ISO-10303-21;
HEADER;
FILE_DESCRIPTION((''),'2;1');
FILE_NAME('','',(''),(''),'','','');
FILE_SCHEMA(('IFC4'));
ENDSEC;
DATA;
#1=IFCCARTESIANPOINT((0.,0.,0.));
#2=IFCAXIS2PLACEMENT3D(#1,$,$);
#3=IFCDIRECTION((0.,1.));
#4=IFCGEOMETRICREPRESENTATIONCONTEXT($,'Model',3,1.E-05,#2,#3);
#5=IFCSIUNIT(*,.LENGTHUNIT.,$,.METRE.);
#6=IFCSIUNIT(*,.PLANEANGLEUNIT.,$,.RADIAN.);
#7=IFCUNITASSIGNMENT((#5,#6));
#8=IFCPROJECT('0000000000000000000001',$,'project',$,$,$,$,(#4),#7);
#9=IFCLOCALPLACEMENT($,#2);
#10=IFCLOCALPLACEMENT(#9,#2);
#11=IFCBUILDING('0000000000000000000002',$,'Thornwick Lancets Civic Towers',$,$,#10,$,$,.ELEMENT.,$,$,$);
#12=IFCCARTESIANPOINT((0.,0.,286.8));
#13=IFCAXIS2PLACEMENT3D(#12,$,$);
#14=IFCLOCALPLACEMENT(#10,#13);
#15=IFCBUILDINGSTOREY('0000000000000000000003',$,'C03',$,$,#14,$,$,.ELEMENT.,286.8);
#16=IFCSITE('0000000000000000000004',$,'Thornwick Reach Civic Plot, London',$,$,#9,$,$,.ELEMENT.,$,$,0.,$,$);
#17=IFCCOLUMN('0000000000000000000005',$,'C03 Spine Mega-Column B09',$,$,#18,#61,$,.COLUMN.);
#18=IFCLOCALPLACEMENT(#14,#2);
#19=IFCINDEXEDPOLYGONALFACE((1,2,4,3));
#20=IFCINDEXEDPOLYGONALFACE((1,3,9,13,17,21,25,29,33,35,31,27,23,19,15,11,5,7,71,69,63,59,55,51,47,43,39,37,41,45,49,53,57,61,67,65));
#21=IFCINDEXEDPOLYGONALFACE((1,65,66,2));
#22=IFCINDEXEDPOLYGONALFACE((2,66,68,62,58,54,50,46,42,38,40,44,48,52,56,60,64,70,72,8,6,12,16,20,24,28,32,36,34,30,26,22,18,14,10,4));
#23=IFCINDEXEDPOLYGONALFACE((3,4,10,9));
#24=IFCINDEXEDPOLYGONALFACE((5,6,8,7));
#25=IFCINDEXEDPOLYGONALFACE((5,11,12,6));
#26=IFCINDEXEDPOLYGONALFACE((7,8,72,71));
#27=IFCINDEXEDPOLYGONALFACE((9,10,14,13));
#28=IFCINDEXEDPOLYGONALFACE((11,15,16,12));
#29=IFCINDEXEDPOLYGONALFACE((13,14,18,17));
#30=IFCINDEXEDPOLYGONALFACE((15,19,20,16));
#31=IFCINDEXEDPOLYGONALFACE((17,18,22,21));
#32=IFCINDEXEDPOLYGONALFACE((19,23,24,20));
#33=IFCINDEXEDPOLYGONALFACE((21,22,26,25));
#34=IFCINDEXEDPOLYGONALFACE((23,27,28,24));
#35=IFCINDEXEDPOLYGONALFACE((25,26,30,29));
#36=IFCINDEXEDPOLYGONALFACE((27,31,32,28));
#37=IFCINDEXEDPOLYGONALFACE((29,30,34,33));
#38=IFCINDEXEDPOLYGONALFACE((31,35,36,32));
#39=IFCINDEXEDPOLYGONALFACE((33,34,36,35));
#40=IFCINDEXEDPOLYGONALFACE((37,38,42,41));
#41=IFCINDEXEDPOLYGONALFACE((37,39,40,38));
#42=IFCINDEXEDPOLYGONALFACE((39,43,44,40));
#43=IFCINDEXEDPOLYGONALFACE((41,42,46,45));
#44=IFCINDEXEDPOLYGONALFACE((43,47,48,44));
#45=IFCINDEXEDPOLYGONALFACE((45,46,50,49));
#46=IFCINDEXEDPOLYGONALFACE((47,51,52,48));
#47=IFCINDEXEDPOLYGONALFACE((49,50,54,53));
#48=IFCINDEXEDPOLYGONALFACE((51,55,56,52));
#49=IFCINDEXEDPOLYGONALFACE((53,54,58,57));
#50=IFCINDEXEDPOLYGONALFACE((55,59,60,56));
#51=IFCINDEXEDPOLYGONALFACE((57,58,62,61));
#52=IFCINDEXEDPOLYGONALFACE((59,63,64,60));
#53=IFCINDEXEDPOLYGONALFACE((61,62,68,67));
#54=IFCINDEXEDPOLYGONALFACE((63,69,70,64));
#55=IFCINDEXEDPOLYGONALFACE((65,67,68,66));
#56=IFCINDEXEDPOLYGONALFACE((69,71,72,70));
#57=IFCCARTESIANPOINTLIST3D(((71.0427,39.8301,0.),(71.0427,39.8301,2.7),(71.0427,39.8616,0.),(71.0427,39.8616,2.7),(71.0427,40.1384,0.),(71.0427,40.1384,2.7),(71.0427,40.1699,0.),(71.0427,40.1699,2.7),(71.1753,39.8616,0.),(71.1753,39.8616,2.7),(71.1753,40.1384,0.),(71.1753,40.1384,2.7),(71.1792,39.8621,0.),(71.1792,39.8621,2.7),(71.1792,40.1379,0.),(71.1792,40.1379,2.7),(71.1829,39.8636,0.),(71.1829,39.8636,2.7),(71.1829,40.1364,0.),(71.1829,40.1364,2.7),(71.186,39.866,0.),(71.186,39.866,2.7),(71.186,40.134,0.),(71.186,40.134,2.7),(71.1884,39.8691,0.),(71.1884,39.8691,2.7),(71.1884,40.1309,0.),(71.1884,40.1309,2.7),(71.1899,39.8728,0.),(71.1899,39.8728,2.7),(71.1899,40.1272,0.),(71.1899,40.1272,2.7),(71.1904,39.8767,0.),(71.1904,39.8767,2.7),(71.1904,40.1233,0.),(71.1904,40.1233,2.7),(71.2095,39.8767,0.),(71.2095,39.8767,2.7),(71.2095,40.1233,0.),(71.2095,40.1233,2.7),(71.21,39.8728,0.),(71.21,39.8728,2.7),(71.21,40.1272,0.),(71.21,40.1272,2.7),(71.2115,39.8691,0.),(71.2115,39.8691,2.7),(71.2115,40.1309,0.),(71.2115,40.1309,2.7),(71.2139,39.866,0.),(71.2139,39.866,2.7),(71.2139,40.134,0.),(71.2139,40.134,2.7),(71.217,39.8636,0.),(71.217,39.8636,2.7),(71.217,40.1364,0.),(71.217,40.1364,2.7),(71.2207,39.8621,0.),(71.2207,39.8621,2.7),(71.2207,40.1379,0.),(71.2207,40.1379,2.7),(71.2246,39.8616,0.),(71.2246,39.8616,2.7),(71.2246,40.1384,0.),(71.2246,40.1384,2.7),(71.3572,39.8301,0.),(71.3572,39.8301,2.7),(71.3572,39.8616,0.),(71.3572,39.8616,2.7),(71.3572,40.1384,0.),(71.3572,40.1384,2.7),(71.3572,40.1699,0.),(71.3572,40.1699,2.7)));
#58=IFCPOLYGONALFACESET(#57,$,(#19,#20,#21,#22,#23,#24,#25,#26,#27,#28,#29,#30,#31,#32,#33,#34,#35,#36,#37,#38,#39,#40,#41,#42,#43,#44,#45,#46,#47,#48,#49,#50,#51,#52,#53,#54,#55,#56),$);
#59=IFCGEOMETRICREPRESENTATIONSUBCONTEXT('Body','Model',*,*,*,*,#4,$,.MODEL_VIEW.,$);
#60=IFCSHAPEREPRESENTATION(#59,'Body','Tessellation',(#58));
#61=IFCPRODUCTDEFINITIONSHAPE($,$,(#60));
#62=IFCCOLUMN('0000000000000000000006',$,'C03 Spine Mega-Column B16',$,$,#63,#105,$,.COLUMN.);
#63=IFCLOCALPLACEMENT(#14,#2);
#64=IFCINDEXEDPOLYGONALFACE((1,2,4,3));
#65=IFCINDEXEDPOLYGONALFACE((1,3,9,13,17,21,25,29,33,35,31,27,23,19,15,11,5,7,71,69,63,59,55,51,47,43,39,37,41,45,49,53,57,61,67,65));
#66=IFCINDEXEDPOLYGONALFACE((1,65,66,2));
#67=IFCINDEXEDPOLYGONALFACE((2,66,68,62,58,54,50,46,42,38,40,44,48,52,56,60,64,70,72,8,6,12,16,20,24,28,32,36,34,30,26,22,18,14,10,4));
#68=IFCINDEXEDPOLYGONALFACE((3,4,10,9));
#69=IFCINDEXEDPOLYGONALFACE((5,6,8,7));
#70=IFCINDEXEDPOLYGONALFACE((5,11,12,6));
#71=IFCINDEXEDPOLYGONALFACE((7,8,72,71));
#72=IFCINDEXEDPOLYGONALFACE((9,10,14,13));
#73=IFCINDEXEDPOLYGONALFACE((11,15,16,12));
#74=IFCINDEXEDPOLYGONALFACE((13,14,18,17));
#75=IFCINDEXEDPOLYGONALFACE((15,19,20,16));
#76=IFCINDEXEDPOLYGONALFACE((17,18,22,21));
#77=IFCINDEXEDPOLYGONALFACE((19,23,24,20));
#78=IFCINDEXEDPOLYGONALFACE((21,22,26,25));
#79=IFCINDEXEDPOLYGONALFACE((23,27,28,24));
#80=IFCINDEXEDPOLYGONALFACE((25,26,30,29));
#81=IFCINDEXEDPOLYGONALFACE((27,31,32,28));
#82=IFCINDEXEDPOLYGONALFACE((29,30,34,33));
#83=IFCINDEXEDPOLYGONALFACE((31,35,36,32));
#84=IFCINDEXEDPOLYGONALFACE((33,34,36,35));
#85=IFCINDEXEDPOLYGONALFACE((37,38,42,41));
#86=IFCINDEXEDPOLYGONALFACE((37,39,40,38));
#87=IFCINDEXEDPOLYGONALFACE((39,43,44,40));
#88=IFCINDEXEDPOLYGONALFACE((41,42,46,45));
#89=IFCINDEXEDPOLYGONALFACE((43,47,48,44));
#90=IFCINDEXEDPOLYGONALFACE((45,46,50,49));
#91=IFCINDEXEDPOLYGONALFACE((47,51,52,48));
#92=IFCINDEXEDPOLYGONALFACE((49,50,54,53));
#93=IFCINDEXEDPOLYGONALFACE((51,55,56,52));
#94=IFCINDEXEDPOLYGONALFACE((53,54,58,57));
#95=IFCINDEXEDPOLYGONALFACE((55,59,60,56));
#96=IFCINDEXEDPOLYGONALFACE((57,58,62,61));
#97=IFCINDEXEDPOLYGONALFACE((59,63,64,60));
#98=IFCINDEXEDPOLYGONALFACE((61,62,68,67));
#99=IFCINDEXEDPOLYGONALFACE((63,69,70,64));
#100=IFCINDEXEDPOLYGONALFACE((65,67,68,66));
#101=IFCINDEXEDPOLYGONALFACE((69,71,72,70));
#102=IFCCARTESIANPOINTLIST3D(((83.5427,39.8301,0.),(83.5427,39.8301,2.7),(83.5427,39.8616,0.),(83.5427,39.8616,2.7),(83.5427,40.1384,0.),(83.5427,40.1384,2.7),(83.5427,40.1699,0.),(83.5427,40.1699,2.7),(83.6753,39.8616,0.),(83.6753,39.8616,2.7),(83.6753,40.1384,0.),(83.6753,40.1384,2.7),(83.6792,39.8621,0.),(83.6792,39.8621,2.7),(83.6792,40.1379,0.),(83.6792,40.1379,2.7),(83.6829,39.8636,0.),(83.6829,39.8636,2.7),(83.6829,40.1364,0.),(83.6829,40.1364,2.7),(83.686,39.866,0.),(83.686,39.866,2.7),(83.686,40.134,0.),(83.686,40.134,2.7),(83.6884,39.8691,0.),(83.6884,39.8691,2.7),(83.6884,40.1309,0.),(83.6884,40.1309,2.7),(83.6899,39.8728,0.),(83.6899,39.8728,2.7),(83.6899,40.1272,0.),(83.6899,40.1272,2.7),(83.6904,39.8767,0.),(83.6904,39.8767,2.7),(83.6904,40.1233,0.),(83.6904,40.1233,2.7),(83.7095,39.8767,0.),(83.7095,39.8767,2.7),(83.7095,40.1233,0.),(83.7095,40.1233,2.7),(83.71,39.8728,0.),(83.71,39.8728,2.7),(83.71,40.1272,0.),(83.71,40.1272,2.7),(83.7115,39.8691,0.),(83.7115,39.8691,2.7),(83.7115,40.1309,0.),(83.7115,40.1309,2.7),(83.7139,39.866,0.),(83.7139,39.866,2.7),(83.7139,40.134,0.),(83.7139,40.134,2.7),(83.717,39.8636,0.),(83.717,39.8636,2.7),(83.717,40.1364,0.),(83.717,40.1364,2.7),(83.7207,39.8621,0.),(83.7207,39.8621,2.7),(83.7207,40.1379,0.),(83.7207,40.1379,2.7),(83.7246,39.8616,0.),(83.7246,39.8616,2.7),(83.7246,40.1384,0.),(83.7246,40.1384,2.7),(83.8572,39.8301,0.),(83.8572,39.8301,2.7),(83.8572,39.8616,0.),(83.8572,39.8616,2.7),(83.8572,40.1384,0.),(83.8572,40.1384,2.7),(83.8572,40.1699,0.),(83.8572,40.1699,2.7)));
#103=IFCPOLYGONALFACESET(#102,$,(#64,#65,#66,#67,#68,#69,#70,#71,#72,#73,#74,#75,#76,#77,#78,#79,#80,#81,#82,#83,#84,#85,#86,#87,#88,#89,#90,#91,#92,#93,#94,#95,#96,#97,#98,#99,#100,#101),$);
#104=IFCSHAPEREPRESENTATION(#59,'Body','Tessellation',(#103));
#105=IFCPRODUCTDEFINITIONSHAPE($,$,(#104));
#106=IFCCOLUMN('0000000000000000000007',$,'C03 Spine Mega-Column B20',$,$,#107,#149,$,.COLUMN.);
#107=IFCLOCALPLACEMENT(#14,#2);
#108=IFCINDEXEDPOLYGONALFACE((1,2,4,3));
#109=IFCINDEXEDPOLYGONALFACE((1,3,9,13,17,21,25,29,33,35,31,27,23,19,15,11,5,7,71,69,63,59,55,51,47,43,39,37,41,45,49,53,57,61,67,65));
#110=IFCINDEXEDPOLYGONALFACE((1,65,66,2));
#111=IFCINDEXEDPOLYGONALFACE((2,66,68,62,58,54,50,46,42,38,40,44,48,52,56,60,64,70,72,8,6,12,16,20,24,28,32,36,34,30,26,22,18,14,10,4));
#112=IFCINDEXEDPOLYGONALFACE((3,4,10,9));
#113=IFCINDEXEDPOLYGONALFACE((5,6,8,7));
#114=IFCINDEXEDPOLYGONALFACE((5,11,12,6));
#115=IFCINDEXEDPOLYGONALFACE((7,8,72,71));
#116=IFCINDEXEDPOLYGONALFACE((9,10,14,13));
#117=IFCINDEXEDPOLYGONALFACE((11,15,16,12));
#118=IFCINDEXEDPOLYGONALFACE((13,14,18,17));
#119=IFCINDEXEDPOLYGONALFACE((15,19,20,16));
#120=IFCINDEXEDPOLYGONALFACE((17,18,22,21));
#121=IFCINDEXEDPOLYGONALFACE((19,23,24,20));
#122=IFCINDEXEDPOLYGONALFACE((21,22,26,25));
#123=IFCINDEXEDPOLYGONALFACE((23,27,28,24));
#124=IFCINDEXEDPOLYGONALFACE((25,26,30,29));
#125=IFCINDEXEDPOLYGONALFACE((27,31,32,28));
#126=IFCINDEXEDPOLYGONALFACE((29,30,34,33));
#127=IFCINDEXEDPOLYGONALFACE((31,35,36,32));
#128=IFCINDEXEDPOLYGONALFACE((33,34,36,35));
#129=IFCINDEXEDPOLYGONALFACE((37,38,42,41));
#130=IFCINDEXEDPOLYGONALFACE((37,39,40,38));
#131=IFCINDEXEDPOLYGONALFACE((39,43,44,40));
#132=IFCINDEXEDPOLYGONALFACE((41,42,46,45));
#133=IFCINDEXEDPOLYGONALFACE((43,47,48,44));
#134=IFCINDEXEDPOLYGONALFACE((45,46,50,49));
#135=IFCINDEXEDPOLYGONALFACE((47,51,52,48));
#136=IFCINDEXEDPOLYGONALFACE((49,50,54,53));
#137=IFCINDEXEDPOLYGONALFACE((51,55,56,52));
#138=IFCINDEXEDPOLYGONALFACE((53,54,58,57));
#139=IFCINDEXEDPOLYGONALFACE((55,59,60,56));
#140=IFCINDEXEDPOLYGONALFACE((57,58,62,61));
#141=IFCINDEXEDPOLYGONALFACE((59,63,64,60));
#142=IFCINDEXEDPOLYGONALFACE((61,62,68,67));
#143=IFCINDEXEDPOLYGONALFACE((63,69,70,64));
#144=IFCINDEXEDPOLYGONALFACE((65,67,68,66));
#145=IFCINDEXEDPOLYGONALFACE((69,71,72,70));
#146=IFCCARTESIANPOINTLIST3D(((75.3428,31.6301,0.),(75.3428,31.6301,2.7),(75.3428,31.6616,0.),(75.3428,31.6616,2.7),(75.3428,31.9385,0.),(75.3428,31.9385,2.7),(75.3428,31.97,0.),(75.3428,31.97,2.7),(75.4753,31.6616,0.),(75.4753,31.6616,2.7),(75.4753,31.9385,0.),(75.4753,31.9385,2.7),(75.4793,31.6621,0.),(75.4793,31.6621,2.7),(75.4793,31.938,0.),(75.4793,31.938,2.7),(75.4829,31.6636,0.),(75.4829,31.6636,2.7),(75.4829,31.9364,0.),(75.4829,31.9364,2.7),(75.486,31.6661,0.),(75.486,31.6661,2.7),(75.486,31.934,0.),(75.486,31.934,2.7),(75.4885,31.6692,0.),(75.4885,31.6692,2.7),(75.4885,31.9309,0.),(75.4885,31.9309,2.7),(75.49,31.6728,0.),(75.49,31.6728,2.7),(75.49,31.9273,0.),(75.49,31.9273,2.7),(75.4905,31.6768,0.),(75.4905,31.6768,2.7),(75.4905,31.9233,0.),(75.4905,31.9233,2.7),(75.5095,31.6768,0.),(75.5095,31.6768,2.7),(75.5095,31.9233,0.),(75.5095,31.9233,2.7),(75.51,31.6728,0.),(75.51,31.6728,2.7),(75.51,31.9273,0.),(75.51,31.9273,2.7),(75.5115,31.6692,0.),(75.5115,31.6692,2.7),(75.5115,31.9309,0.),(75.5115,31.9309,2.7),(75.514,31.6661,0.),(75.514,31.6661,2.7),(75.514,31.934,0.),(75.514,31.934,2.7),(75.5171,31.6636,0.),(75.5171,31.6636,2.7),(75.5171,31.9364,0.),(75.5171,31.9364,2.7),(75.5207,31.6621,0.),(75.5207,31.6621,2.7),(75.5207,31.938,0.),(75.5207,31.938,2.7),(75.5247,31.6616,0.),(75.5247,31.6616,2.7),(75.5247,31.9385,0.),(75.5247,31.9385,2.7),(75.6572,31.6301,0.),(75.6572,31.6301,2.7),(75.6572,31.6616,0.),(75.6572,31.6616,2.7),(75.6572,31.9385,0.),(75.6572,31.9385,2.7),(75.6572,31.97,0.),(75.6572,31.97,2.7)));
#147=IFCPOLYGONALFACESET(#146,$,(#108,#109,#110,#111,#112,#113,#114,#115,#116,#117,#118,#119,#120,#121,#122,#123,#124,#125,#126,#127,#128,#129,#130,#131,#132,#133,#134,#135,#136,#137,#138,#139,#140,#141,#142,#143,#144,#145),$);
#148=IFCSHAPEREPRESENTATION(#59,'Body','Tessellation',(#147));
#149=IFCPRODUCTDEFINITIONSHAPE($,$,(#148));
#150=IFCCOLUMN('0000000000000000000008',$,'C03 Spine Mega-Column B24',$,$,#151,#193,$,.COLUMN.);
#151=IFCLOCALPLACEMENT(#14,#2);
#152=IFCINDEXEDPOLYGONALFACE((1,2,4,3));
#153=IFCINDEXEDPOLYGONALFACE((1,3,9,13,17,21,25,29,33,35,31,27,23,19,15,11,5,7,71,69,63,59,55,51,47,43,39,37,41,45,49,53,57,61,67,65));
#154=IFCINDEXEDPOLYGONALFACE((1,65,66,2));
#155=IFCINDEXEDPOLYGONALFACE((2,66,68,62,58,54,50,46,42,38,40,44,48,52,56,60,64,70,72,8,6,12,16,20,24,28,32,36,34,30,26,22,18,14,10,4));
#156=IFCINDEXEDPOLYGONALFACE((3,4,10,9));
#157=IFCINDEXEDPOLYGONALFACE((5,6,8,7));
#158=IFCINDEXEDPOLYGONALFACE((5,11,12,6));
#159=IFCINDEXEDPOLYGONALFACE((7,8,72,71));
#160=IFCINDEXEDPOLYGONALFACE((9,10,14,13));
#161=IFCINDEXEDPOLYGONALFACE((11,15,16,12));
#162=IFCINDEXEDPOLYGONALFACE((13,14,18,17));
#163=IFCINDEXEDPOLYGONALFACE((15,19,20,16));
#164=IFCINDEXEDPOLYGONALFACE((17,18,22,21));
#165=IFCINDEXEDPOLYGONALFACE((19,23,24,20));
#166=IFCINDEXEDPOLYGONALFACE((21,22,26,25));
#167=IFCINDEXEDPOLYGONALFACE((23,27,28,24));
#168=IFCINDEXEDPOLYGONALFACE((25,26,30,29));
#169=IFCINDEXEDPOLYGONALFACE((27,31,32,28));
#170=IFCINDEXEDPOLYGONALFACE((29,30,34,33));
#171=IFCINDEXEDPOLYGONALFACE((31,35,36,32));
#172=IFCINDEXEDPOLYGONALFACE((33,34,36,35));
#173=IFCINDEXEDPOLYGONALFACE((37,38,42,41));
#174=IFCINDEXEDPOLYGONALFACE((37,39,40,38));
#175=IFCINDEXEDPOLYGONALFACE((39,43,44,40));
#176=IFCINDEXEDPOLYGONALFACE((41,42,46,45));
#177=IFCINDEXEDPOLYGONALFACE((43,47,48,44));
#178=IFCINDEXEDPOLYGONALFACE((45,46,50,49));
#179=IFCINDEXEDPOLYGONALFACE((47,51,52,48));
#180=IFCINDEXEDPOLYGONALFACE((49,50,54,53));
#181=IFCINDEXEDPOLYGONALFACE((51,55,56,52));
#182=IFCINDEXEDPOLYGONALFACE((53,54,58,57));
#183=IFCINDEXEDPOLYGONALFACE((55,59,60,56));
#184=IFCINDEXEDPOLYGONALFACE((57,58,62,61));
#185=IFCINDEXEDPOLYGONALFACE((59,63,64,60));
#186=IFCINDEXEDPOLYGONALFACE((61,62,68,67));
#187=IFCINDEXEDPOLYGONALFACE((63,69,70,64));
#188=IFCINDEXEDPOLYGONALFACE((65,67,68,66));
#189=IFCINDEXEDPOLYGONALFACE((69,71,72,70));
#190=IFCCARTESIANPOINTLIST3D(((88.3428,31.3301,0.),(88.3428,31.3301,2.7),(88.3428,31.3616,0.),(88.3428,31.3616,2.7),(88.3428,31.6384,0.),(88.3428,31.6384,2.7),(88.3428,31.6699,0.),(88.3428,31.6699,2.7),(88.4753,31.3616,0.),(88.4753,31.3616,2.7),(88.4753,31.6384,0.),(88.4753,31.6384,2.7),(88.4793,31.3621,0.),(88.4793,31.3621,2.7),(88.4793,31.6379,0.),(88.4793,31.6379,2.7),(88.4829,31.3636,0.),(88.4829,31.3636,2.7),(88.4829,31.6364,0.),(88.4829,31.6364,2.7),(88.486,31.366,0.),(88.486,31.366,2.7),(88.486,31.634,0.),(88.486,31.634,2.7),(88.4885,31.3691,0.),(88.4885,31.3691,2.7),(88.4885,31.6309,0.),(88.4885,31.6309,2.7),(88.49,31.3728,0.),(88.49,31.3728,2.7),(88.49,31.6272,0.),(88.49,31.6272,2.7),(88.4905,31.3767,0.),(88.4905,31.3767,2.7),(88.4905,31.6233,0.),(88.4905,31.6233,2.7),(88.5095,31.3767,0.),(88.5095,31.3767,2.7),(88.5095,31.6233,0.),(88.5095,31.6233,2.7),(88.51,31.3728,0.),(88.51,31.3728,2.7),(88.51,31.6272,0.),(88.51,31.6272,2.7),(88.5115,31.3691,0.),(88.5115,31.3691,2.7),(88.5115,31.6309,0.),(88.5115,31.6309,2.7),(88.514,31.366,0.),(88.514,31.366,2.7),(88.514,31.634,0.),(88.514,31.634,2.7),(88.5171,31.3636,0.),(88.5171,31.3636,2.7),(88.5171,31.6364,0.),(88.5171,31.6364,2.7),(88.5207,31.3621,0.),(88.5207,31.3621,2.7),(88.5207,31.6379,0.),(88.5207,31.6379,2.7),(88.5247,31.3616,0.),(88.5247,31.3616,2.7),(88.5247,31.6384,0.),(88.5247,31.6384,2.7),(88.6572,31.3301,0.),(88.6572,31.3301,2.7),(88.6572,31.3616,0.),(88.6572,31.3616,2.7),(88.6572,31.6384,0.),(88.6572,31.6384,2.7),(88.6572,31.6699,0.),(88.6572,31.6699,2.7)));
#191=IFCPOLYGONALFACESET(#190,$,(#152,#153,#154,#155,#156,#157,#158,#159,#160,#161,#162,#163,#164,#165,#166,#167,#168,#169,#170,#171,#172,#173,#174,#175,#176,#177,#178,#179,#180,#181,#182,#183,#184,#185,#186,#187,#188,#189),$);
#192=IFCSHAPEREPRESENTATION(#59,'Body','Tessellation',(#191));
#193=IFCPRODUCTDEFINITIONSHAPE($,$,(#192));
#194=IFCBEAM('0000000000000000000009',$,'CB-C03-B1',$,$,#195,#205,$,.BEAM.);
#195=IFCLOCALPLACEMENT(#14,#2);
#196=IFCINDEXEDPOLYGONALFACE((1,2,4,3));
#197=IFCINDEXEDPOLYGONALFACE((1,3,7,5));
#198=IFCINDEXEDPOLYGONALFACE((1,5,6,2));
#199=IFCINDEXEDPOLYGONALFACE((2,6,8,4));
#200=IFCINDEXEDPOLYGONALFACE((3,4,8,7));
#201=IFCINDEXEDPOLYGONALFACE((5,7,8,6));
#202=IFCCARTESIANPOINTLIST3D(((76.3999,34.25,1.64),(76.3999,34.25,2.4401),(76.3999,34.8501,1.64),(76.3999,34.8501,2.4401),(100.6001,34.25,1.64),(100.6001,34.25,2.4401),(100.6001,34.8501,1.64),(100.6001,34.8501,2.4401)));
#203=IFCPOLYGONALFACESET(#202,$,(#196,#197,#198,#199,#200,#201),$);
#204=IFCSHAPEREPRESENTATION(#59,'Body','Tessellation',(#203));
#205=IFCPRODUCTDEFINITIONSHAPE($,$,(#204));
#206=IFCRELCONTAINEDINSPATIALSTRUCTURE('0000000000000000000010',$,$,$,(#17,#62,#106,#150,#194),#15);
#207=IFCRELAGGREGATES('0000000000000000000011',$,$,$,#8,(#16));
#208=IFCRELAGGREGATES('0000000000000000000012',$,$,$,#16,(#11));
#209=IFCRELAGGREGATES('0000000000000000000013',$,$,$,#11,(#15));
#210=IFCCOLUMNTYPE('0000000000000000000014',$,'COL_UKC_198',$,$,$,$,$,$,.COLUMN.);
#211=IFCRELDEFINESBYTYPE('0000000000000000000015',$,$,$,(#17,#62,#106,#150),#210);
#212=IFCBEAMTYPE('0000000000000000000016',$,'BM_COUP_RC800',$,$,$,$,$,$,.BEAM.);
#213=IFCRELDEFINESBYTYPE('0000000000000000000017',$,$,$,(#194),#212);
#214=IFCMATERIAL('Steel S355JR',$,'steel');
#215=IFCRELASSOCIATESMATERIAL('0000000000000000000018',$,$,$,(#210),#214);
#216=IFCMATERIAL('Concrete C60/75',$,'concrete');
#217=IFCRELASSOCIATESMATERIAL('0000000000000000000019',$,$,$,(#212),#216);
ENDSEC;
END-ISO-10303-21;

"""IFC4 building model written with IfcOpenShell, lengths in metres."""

from ifc_helpers import new_model, si_unit, direction, frame, origin, origin_2d, place, context, subcontext, project, spatial, rectangle, i_section, extrude, material, material_profile, profile_set, type_object, element, save


model = new_model("IFC4")

# Units and contexts
model_context = context("Model", 3, precision=1e-05, world=origin(), true_north=direction((0.0, 1.0)))
body_context = subcontext(model_context, "Body", "Model", "MODEL_VIEW")
ifc_project = project(units=[si_unit("LENGTHUNIT", "METRE"), si_unit("PLANEANGLEUNIT", "RADIAN")], contexts=[model_context])

# Site, building, storey
site_placement = place(None, origin())
site = spatial("IfcSite", under=ifc_project, at=site_placement, Name="Thornwick Reach Civic Plot, London", CompositionType="ELEMENT", RefElevation=0.0)
building_placement = place(site_placement, origin())
building = spatial("IfcBuilding", under=site, at=building_placement, Name="Thornwick Lancets Civic Towers", CompositionType="ELEMENT")
storey_placement = place(building_placement, frame((0.0, 0.0, 286.8)))
storey = spatial("IfcBuildingStorey", under=building, at=storey_placement, Name="C03", CompositionType="ELEMENT", Elevation=286.8)

# Columns
ifc_material_1 = material(Name="Steel S355JR", Category="steel")
ifc_material_profile_1 = material_profile(ifc_material_1, i_section(OverallWidth=0.3145, OverallDepth=0.3398, WebThickness=0.019, FlangeThickness=0.0315, FilletRadius=0.0151, at=origin_2d()), Name="UKC 305x305x198")
ifc_profile_set_1 = profile_set([ifc_material_profile_1], Name="Steel S355JR")
column_type_1 = type_object("IfcColumnType", Name="COL_UKC_198", PredefinedType="COLUMN", material=ifc_profile_set_1)
for number, where, z_axis, x_axis, name in (
    (1, (71.2, 40.0, 0.0), (0.0, 0.0, 1.0), (1.0, 0.0, 0.0), "C03 Spine Mega-Column B09"),
    (2, (83.7, 40.0, 0.0), (0.0, 0.0, 1.0), (1.0, 0.0, 0.0), "C03 Spine Mega-Column B16"),
    (3, (75.5, 31.8, 0.0), (0.0, 0.0, 1.0), (1.0, 0.0, 0.0), "C03 Spine Mega-Column B20"),
    (4, (88.5, 31.5, 0.0), (0.0, 0.0, 1.0), (1.0, 0.0, 0.0), "C03 Spine Mega-Column B24"),
):
    element("IfcColumn", number, at=place(storey_placement, frame(where, z_axis=z_axis, x_axis=x_axis)), inside=storey, type_object=column_type_1, Name=name, PredefinedType="COLUMN", context=body_context, shape_type="SweptSolid", body=[
        extrude(i_section(OverallWidth=0.3145, OverallDepth=0.3398, WebThickness=0.019, FlangeThickness=0.0315, FilletRadius=0.0151, at=origin_2d()), origin(), (0.0, 0.0, 1.0), 2.7),
    ])

# Beam
ifc_material_2 = material(Name="Concrete C60/75", Category="concrete")
ifc_material_profile_2 = material_profile(ifc_material_2, rectangle(XDim=0.6001, YDim=0.8, at=origin_2d()), Name="RC 600x800")
ifc_profile_set_2 = profile_set([ifc_material_profile_2], Name="Concrete C60/75")
beam_type_1 = type_object("IfcBeamType", Name="BM_COUP_RC800", PredefinedType="BEAM", material=ifc_profile_set_2)
beam_1_placement = place(storey_placement, frame((76.3999, 34.55, 2.04), z_axis=(1.0, 0.0, 0.0), x_axis=(0.0, 1.0, 0.0)))
element("IfcBeam", 5, at=beam_1_placement, inside=storey, type_object=beam_type_1, Name="CB-C03-B1", PredefinedType="BEAM", context=body_context, shape_type="SweptSolid", body=[
    extrude(rectangle(XDim=0.6001, YDim=0.8, at=origin_2d()), origin(), (0.0, 0.0, 1.0), 24.2002),
])

save(model, "model.ifc")
